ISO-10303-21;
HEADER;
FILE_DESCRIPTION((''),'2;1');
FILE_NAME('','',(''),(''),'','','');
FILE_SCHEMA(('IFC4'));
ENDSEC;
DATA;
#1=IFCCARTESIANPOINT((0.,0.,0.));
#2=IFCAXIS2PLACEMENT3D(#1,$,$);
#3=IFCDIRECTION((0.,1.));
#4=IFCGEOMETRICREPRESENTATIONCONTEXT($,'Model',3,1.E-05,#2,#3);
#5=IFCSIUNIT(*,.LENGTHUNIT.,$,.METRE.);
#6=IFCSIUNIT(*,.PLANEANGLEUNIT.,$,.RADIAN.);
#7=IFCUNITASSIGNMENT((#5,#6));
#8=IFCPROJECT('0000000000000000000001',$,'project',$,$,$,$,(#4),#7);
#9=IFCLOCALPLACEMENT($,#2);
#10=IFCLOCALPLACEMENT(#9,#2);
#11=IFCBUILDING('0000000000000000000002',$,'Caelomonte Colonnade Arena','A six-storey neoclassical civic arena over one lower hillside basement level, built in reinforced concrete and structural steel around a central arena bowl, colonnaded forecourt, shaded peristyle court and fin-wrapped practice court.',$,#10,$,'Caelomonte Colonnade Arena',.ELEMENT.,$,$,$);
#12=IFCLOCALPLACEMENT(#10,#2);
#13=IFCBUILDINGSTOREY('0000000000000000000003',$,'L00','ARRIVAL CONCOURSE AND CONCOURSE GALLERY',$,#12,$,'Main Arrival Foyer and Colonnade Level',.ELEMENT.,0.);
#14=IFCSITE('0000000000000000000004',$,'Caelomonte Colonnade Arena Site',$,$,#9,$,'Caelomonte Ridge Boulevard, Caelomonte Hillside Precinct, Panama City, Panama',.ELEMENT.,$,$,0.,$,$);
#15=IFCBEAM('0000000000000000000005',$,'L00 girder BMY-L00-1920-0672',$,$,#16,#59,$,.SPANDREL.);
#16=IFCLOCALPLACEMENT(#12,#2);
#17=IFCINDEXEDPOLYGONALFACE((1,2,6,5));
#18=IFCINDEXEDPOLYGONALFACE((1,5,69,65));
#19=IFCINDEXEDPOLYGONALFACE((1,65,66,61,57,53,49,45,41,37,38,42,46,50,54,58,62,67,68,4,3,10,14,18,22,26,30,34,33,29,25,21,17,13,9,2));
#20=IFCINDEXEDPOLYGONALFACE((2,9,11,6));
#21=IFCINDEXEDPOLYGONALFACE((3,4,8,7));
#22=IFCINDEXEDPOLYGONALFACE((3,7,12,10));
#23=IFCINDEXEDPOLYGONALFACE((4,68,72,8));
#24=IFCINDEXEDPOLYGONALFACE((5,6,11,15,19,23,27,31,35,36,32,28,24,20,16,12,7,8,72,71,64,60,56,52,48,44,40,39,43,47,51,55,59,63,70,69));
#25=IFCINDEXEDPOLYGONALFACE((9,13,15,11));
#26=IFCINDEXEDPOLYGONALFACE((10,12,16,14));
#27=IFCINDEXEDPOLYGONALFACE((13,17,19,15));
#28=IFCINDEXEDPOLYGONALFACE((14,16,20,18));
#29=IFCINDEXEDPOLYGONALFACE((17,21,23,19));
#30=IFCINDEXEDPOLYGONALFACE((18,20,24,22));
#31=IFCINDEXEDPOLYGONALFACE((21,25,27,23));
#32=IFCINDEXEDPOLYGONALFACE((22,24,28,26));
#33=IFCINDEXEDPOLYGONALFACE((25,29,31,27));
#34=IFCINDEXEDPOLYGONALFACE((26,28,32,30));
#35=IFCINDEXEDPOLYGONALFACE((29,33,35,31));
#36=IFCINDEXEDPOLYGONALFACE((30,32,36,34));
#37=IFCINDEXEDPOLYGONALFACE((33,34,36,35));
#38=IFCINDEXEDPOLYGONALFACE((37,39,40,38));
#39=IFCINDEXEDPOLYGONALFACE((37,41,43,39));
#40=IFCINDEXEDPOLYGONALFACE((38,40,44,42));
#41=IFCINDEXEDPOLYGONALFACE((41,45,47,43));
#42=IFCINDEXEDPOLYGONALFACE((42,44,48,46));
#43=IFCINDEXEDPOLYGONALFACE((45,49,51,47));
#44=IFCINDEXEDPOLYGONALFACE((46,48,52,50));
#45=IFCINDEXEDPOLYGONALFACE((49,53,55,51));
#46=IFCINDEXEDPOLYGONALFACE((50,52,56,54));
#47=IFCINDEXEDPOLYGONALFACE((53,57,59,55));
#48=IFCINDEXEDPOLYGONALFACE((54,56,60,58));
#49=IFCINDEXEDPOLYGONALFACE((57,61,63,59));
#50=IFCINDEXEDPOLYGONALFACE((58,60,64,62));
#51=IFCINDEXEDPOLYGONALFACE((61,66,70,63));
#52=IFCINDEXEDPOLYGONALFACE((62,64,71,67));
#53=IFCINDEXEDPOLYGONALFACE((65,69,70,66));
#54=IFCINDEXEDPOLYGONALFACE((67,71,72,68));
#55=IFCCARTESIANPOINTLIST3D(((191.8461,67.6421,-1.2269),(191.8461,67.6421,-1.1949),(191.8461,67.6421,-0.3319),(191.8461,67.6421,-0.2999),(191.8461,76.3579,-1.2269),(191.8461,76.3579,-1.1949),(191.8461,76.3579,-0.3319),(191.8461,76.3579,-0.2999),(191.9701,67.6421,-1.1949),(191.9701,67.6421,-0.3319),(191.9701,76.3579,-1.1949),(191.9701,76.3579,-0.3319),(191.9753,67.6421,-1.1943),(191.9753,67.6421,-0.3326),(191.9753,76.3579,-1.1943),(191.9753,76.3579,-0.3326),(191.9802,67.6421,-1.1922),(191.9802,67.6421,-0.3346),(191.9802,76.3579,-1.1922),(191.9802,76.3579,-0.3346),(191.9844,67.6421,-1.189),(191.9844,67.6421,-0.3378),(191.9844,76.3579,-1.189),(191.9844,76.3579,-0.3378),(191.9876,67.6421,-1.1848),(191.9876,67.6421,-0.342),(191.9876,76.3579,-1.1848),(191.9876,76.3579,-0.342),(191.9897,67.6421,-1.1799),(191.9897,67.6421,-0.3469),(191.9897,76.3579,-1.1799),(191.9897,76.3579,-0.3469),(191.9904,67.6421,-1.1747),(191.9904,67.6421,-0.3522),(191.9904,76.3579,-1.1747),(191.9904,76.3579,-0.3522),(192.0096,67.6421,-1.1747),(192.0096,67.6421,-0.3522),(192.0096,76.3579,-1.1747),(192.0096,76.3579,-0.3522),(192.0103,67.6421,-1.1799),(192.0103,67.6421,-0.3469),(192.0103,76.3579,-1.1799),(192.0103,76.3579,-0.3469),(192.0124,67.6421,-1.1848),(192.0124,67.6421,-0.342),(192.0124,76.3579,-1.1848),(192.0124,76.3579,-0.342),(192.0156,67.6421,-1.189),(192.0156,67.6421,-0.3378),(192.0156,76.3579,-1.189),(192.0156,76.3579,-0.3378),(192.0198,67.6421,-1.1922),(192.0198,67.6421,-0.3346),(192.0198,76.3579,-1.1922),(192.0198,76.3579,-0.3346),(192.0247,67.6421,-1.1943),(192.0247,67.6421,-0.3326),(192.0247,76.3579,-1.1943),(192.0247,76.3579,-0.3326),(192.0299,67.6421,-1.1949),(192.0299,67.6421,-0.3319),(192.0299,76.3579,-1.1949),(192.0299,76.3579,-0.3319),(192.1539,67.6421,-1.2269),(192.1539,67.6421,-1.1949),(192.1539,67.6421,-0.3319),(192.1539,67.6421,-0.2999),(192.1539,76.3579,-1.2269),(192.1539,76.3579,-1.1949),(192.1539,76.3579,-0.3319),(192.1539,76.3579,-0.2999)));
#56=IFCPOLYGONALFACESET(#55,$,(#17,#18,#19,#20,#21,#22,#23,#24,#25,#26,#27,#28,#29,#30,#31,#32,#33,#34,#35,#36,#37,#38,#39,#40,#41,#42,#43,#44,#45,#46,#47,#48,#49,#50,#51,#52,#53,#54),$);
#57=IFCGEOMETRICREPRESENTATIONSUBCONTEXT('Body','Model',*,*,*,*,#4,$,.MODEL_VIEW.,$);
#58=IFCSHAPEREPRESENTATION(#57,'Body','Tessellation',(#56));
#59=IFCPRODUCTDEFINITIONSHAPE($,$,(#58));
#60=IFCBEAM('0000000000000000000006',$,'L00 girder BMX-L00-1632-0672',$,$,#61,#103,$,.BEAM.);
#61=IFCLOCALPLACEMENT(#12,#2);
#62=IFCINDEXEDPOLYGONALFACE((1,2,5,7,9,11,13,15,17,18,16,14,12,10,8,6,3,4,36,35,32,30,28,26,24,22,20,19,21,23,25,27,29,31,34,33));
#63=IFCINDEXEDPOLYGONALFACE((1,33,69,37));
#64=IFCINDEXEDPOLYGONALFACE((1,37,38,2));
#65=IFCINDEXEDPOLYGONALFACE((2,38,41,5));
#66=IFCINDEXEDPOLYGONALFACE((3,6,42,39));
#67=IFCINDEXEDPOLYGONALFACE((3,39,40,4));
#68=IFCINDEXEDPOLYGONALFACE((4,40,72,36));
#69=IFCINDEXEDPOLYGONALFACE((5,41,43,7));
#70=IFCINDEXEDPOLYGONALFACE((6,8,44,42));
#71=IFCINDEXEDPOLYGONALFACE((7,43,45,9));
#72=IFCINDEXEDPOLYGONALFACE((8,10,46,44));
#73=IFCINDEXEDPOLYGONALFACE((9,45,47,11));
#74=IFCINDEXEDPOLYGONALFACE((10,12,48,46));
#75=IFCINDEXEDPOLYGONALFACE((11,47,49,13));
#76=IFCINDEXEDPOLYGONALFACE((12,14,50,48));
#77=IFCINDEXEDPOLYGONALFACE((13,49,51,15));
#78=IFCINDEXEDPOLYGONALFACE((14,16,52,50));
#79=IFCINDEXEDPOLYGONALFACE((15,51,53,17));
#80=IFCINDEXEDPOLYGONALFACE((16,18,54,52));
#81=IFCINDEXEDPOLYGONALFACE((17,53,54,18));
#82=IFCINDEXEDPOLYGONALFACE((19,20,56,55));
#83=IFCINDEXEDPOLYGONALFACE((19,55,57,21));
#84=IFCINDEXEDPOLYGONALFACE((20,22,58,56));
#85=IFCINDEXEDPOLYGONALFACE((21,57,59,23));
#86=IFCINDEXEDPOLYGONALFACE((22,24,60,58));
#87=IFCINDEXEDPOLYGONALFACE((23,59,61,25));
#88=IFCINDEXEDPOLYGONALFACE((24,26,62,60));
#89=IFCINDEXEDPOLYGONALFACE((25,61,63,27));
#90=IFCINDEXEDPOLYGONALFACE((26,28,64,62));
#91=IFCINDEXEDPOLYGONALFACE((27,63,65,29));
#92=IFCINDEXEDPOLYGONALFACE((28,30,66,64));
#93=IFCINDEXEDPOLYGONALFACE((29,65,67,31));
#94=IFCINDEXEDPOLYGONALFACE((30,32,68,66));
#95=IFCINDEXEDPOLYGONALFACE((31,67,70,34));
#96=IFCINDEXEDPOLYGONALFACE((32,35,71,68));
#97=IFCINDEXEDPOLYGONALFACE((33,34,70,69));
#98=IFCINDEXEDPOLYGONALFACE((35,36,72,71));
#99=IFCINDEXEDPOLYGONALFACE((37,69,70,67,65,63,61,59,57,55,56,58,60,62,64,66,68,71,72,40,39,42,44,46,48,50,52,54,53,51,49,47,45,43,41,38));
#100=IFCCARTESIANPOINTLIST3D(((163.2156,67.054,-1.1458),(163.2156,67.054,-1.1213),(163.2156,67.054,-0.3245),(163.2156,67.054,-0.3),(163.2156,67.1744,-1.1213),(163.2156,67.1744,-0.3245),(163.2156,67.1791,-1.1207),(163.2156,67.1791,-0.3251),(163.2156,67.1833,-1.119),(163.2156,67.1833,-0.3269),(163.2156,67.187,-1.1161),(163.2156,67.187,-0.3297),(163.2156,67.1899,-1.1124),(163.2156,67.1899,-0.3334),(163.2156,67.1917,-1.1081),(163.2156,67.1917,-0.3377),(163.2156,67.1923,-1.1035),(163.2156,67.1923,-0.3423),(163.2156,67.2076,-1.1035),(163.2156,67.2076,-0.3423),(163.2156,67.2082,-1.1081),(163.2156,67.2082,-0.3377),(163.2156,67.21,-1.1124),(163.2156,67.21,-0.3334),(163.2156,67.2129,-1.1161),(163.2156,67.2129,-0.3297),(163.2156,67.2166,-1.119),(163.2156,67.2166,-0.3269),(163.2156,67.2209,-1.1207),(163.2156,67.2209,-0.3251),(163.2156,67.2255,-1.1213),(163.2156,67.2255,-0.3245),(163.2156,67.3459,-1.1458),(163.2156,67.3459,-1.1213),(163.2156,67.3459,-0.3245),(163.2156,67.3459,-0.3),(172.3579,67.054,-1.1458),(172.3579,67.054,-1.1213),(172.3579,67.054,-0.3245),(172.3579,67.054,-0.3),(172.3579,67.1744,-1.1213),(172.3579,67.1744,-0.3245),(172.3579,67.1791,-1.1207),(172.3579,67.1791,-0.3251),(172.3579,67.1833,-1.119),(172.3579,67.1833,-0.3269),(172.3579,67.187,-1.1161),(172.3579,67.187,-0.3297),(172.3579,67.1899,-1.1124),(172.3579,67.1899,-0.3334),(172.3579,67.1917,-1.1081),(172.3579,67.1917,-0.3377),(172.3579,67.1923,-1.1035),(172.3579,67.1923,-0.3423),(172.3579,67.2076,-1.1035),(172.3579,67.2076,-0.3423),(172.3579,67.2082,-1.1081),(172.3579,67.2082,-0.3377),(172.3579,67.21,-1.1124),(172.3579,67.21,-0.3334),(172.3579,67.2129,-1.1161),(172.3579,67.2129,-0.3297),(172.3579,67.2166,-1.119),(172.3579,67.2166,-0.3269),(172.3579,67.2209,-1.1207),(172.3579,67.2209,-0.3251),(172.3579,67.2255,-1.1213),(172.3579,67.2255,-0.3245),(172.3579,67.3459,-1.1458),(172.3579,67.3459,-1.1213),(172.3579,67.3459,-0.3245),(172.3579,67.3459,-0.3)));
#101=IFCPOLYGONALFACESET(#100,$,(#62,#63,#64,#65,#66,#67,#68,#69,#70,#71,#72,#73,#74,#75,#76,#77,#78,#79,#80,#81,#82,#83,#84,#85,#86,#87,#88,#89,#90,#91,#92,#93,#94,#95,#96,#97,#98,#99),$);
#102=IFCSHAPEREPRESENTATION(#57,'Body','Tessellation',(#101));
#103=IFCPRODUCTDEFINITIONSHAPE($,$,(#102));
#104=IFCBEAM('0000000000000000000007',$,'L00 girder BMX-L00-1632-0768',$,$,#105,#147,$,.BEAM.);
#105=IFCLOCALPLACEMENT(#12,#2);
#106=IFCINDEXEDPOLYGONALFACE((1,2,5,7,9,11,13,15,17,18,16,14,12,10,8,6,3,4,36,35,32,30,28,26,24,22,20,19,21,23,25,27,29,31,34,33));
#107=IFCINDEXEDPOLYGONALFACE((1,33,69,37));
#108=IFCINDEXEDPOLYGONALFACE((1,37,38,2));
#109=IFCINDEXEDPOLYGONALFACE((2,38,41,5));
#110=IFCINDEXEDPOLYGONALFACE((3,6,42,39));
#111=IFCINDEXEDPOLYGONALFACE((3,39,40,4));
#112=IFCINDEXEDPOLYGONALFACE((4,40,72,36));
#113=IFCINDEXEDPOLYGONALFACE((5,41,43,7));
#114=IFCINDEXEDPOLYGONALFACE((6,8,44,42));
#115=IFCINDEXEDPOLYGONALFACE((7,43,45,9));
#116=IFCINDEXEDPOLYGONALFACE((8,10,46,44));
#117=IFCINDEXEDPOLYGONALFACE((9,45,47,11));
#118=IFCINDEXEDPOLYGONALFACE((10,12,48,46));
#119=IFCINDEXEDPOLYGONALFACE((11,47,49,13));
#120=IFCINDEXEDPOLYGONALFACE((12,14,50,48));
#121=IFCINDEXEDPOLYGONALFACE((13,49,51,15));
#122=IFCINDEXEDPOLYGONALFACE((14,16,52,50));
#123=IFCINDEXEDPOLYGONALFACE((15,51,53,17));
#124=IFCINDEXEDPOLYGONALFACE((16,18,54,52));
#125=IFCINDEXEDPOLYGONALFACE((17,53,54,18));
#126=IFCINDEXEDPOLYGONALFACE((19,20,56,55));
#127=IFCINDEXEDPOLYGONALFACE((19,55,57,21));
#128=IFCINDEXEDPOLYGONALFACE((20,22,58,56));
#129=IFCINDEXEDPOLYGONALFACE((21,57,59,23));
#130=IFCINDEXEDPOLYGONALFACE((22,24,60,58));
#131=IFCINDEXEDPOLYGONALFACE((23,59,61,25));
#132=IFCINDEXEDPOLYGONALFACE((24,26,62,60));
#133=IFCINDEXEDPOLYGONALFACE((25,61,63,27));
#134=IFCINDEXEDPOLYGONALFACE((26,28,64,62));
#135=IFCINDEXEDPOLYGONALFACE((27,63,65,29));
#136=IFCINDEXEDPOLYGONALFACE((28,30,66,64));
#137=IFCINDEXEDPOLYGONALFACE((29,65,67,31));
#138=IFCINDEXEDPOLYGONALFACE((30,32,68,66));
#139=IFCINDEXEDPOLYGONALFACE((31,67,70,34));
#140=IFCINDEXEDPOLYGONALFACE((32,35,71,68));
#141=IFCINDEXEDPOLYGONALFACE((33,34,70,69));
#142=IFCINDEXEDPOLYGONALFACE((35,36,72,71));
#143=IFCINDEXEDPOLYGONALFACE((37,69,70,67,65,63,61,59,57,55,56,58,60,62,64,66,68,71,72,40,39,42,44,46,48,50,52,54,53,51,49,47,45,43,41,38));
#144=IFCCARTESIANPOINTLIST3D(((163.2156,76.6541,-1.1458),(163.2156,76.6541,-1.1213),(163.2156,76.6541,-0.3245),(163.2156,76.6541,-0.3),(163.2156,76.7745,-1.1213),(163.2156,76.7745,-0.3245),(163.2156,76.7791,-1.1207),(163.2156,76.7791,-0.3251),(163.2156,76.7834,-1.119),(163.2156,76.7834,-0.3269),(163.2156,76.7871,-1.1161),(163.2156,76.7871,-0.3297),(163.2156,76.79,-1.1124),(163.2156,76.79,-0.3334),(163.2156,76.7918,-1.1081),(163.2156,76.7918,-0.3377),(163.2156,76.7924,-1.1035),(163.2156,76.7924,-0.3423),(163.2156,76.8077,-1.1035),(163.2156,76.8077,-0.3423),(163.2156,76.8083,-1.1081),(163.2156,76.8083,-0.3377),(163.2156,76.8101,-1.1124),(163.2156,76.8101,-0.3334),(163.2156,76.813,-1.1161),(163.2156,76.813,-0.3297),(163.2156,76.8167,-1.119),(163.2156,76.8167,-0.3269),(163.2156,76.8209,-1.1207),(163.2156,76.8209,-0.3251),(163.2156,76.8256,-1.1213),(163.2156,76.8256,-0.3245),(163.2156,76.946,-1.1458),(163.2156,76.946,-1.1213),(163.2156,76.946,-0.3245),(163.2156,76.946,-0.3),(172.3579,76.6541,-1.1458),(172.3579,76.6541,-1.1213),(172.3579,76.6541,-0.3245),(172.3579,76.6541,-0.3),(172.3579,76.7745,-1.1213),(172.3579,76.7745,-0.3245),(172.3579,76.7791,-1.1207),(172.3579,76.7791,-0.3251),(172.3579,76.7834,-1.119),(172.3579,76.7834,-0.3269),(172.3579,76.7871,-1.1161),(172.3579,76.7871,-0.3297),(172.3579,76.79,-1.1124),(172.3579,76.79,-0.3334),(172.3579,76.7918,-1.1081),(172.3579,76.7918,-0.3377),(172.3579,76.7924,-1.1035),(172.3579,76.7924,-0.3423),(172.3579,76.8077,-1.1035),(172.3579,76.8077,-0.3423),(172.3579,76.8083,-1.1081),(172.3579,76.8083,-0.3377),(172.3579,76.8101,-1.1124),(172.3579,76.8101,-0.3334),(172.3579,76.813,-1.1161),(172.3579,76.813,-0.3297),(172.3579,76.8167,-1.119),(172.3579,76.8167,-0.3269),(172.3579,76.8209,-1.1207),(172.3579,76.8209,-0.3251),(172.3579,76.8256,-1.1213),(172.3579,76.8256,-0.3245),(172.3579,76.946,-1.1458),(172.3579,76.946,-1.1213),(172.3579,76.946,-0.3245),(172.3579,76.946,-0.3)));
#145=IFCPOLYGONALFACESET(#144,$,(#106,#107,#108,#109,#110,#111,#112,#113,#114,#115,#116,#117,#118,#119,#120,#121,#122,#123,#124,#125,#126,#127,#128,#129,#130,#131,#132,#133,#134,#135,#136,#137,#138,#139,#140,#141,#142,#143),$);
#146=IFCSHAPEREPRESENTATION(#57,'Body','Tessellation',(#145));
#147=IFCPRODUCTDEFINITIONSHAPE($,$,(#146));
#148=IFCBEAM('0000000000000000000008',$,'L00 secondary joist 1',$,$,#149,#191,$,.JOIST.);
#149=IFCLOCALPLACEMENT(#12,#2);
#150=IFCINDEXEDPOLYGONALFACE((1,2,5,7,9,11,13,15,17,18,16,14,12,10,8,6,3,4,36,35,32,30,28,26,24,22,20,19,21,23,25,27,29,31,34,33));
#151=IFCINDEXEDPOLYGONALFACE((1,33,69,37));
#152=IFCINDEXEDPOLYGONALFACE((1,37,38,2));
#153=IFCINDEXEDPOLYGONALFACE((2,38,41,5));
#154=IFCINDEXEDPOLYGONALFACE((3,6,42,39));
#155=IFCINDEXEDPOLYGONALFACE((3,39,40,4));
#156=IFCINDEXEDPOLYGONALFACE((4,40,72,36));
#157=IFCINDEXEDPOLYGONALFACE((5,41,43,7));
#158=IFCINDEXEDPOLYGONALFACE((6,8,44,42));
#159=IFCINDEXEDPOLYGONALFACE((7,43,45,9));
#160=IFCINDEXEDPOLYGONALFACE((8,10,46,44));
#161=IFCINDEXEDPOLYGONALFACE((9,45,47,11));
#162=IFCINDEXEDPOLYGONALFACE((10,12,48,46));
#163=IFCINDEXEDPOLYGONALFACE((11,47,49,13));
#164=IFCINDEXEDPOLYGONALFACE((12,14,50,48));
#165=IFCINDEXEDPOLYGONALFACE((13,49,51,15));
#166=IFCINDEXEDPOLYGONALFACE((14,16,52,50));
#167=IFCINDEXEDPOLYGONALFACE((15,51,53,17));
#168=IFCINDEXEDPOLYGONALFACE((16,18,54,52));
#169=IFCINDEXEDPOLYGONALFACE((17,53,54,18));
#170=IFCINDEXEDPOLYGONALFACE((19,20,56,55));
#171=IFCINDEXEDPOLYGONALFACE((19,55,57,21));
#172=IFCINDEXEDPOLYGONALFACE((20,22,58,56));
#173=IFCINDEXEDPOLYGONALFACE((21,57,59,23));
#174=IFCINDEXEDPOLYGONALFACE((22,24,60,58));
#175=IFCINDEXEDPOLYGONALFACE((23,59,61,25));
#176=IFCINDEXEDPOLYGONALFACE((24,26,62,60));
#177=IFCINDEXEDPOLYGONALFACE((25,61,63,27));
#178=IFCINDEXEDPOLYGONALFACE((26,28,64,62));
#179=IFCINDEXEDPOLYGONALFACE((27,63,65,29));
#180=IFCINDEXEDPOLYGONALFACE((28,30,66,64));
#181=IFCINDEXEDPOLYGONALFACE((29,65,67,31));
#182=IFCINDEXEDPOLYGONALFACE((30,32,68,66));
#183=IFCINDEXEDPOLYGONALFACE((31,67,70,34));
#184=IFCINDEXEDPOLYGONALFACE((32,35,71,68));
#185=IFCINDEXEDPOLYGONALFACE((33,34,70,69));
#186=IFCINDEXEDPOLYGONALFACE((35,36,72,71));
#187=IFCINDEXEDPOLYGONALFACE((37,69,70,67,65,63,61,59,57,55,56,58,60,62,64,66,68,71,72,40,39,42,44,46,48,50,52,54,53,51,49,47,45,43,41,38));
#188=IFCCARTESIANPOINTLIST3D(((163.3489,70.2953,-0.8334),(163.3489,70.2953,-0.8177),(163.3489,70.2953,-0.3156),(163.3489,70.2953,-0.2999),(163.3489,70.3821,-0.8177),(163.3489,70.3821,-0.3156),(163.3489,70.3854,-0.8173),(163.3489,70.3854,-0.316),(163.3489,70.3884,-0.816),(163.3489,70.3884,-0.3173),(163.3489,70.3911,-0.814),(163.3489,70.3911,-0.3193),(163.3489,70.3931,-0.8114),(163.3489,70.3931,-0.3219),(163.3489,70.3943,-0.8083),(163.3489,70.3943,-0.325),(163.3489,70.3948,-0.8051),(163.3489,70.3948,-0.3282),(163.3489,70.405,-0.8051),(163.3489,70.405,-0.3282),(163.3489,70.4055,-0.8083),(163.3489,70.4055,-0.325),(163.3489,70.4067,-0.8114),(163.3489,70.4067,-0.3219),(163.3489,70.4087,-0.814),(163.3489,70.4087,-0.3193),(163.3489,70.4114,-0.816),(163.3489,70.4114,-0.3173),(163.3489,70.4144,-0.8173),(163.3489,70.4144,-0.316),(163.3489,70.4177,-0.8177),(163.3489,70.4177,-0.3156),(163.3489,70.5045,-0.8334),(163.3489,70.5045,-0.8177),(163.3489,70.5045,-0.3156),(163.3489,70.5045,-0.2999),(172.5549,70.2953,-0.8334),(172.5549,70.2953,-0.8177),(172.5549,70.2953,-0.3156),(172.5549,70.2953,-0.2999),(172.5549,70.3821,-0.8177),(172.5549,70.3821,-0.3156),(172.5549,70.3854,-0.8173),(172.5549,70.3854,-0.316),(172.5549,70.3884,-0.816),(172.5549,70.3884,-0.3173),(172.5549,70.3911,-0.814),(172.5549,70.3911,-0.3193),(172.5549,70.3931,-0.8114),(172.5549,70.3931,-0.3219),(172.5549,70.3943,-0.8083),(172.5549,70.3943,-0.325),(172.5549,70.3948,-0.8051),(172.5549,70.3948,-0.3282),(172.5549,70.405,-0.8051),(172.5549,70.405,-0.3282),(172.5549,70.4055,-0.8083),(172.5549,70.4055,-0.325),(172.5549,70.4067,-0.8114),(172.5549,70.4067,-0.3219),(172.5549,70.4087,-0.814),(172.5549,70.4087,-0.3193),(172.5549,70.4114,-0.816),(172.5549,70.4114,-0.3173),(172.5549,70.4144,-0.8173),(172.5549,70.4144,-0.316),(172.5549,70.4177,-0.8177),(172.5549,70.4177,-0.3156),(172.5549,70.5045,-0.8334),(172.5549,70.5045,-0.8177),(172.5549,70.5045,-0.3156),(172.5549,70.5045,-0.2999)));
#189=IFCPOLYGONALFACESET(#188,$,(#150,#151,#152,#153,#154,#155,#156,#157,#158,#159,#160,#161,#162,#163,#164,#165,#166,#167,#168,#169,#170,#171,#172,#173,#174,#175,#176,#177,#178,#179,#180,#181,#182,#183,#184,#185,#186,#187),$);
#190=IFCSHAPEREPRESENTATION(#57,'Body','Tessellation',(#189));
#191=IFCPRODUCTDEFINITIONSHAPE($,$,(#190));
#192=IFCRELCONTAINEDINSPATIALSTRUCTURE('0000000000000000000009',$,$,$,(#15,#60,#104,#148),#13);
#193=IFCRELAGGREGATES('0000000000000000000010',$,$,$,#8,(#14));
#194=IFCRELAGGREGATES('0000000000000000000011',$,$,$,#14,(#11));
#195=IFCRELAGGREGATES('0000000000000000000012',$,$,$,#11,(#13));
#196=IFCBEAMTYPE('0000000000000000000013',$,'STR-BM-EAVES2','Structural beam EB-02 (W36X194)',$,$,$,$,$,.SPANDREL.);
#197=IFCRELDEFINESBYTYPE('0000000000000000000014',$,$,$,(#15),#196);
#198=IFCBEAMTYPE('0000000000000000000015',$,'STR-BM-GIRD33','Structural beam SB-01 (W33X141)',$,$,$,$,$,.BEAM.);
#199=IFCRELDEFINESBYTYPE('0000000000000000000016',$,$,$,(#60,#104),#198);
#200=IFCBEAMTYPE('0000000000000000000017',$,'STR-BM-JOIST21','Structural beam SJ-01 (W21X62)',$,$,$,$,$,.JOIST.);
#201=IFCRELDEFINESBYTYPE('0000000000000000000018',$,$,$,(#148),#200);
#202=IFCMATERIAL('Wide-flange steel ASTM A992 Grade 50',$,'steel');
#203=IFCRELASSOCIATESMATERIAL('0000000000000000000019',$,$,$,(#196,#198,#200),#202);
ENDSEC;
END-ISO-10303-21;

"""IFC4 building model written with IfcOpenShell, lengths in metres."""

from ifc_helpers import new_model, si_unit, direction, frame, origin, origin_2d, place, context, subcontext, project, spatial, i_section, extrude, material, material_profile, profile_set, type_object, element, save


model = new_model("IFC4")

# Units and contexts
model_context = context("Model", 3, precision=1e-05, world=origin(), true_north=direction((0.0, 1.0)))
body_context = subcontext(model_context, "Body", "Model", "MODEL_VIEW")
ifc_project = project(units=[si_unit("LENGTHUNIT", "METRE"), si_unit("PLANEANGLEUNIT", "RADIAN")], contexts=[model_context])

# Site, building, storey
site_placement = place(None, origin())
site = spatial("IfcSite", under=ifc_project, at=site_placement, Name="Caelomonte Colonnade Arena Site", LongName="Caelomonte Ridge Boulevard, Caelomonte Hillside Precinct, Panama City, Panama", CompositionType="ELEMENT", RefElevation=0.0)
building_placement = place(site_placement, origin())
building = spatial("IfcBuilding", under=site, at=building_placement, Name="Caelomonte Colonnade Arena", Description="A six-storey neoclassical civic arena over one lower hillside basement level, built in reinforced concrete and structural steel around a central arena bowl, colonnaded forecourt, shaded peristyle court and fin-wrapped practice court.", LongName="Caelomonte Colonnade Arena", CompositionType="ELEMENT")
storey_placement = place(building_placement, origin())
storey = spatial("IfcBuildingStorey", under=building, at=storey_placement, Name="L00", Description="ARRIVAL CONCOURSE AND CONCOURSE GALLERY", LongName="Main Arrival Foyer and Colonnade Level", CompositionType="ELEMENT", Elevation=0.0)

# Shared definitions
ifc_material_1 = material(Name="Wide-flange steel ASTM A992 Grade 50", Category="steel")

# Beams
ifc_material_profile_1 = material_profile(ifc_material_1, i_section(OverallWidth=0.3079, OverallDepth=0.927, WebThickness=0.0193, FlangeThickness=0.032, FilletRadius=0.0203, at=origin_2d()), Name="W36X194")
ifc_profile_set_1 = profile_set([ifc_material_profile_1], Name="Wide-flange steel ASTM A992 Grade 50")
beam_type_1 = type_object("IfcBeamType", Name="STR-BM-EAVES2", Description="Structural beam EB-02 (W36X194)", PredefinedType="SPANDREL", material=ifc_profile_set_1)
beam_1_placement = place(storey_placement, frame((192.0, 67.6421, -0.7634), z_axis=(0.0, 1.0, 0.0), x_axis=(-1.0, 0.0, 0.0)))
element("IfcBeam", 1, at=beam_1_placement, inside=storey, type_object=beam_type_1, Name="L00 girder BMY-L00-1920-0672", PredefinedType="SPANDREL", context=body_context, shape_type="SweptSolid", body=[
    extrude(i_section(OverallWidth=0.3079, OverallDepth=0.927, WebThickness=0.0193, FlangeThickness=0.032, FilletRadius=0.0203, at=origin_2d()), origin(), (0.0, 0.0, 1.0), 8.7158),
])
ifc_material_profile_2 = material_profile(ifc_material_1, i_section(OverallWidth=0.292, OverallDepth=0.8457, WebThickness=0.0154, FlangeThickness=0.0244, FilletRadius=0.0178, at=origin_2d()), Name="W33X141")
ifc_profile_set_2 = profile_set([ifc_material_profile_2], Name="Wide-flange steel ASTM A992 Grade 50")
beam_type_2 = type_object("IfcBeamType", Name="STR-BM-GIRD33", Description="Structural beam SB-01 (W33X141)", PredefinedType="BEAM", material=ifc_profile_set_2)
for number, where, z_axis, x_axis, name in (
    (2, (163.2156, 67.2, -0.7229), (1.0, 0.0, 0.0), (0.0, 1.0, 0.0), "L00 girder BMX-L00-1632-0672"),
    (3, (163.2156, 76.8, -0.7229), (1.0, 0.0, 0.0), (0.0, 1.0, 0.0), "L00 girder BMX-L00-1632-0768"),
):
    element("IfcBeam", number, at=place(storey_placement, frame(where, z_axis=z_axis, x_axis=x_axis)), inside=storey, type_object=beam_type_2, Name=name, PredefinedType="BEAM", context=body_context, shape_type="SweptSolid", body=[
        extrude(i_section(OverallWidth=0.292, OverallDepth=0.8457, WebThickness=0.0154, FlangeThickness=0.0244, FilletRadius=0.0178, at=origin_2d()), origin(), (0.0, 0.0, 1.0), 9.1423),
    ])
ifc_material_profile_3 = material_profile(ifc_material_1, i_section(OverallWidth=0.2092, OverallDepth=0.5334, WebThickness=0.0103, FlangeThickness=0.0156, FilletRadius=0.0127, at=origin_2d()), Name="W21X62")
ifc_profile_set_3 = profile_set([ifc_material_profile_3], Name="Wide-flange steel ASTM A992 Grade 50")
beam_type_3 = type_object("IfcBeamType", Name="STR-BM-JOIST21", Description="Structural beam SJ-01 (W21X62)", PredefinedType="JOIST", material=ifc_profile_set_3)
for number, where, z_axis, x_axis, name in (
    (4, (163.3489, 70.3999, -0.5667), (1.0, 0.0, 0.0), (0.0, 1.0, 0.0), "L00 secondary joist 1"),
):
    element("IfcBeam", number, at=place(storey_placement, frame(where, z_axis=z_axis, x_axis=x_axis)), inside=storey, type_object=beam_type_3, Name=name, PredefinedType="JOIST", context=body_context, shape_type="SweptSolid", body=[
        extrude(i_section(OverallWidth=0.2092, OverallDepth=0.5334, WebThickness=0.0103, FlangeThickness=0.0156, FilletRadius=0.0127, at=origin_2d()), origin(), (0.0, 0.0, 1.0), 9.2061),
    ])

save(model, "model.ifc")
